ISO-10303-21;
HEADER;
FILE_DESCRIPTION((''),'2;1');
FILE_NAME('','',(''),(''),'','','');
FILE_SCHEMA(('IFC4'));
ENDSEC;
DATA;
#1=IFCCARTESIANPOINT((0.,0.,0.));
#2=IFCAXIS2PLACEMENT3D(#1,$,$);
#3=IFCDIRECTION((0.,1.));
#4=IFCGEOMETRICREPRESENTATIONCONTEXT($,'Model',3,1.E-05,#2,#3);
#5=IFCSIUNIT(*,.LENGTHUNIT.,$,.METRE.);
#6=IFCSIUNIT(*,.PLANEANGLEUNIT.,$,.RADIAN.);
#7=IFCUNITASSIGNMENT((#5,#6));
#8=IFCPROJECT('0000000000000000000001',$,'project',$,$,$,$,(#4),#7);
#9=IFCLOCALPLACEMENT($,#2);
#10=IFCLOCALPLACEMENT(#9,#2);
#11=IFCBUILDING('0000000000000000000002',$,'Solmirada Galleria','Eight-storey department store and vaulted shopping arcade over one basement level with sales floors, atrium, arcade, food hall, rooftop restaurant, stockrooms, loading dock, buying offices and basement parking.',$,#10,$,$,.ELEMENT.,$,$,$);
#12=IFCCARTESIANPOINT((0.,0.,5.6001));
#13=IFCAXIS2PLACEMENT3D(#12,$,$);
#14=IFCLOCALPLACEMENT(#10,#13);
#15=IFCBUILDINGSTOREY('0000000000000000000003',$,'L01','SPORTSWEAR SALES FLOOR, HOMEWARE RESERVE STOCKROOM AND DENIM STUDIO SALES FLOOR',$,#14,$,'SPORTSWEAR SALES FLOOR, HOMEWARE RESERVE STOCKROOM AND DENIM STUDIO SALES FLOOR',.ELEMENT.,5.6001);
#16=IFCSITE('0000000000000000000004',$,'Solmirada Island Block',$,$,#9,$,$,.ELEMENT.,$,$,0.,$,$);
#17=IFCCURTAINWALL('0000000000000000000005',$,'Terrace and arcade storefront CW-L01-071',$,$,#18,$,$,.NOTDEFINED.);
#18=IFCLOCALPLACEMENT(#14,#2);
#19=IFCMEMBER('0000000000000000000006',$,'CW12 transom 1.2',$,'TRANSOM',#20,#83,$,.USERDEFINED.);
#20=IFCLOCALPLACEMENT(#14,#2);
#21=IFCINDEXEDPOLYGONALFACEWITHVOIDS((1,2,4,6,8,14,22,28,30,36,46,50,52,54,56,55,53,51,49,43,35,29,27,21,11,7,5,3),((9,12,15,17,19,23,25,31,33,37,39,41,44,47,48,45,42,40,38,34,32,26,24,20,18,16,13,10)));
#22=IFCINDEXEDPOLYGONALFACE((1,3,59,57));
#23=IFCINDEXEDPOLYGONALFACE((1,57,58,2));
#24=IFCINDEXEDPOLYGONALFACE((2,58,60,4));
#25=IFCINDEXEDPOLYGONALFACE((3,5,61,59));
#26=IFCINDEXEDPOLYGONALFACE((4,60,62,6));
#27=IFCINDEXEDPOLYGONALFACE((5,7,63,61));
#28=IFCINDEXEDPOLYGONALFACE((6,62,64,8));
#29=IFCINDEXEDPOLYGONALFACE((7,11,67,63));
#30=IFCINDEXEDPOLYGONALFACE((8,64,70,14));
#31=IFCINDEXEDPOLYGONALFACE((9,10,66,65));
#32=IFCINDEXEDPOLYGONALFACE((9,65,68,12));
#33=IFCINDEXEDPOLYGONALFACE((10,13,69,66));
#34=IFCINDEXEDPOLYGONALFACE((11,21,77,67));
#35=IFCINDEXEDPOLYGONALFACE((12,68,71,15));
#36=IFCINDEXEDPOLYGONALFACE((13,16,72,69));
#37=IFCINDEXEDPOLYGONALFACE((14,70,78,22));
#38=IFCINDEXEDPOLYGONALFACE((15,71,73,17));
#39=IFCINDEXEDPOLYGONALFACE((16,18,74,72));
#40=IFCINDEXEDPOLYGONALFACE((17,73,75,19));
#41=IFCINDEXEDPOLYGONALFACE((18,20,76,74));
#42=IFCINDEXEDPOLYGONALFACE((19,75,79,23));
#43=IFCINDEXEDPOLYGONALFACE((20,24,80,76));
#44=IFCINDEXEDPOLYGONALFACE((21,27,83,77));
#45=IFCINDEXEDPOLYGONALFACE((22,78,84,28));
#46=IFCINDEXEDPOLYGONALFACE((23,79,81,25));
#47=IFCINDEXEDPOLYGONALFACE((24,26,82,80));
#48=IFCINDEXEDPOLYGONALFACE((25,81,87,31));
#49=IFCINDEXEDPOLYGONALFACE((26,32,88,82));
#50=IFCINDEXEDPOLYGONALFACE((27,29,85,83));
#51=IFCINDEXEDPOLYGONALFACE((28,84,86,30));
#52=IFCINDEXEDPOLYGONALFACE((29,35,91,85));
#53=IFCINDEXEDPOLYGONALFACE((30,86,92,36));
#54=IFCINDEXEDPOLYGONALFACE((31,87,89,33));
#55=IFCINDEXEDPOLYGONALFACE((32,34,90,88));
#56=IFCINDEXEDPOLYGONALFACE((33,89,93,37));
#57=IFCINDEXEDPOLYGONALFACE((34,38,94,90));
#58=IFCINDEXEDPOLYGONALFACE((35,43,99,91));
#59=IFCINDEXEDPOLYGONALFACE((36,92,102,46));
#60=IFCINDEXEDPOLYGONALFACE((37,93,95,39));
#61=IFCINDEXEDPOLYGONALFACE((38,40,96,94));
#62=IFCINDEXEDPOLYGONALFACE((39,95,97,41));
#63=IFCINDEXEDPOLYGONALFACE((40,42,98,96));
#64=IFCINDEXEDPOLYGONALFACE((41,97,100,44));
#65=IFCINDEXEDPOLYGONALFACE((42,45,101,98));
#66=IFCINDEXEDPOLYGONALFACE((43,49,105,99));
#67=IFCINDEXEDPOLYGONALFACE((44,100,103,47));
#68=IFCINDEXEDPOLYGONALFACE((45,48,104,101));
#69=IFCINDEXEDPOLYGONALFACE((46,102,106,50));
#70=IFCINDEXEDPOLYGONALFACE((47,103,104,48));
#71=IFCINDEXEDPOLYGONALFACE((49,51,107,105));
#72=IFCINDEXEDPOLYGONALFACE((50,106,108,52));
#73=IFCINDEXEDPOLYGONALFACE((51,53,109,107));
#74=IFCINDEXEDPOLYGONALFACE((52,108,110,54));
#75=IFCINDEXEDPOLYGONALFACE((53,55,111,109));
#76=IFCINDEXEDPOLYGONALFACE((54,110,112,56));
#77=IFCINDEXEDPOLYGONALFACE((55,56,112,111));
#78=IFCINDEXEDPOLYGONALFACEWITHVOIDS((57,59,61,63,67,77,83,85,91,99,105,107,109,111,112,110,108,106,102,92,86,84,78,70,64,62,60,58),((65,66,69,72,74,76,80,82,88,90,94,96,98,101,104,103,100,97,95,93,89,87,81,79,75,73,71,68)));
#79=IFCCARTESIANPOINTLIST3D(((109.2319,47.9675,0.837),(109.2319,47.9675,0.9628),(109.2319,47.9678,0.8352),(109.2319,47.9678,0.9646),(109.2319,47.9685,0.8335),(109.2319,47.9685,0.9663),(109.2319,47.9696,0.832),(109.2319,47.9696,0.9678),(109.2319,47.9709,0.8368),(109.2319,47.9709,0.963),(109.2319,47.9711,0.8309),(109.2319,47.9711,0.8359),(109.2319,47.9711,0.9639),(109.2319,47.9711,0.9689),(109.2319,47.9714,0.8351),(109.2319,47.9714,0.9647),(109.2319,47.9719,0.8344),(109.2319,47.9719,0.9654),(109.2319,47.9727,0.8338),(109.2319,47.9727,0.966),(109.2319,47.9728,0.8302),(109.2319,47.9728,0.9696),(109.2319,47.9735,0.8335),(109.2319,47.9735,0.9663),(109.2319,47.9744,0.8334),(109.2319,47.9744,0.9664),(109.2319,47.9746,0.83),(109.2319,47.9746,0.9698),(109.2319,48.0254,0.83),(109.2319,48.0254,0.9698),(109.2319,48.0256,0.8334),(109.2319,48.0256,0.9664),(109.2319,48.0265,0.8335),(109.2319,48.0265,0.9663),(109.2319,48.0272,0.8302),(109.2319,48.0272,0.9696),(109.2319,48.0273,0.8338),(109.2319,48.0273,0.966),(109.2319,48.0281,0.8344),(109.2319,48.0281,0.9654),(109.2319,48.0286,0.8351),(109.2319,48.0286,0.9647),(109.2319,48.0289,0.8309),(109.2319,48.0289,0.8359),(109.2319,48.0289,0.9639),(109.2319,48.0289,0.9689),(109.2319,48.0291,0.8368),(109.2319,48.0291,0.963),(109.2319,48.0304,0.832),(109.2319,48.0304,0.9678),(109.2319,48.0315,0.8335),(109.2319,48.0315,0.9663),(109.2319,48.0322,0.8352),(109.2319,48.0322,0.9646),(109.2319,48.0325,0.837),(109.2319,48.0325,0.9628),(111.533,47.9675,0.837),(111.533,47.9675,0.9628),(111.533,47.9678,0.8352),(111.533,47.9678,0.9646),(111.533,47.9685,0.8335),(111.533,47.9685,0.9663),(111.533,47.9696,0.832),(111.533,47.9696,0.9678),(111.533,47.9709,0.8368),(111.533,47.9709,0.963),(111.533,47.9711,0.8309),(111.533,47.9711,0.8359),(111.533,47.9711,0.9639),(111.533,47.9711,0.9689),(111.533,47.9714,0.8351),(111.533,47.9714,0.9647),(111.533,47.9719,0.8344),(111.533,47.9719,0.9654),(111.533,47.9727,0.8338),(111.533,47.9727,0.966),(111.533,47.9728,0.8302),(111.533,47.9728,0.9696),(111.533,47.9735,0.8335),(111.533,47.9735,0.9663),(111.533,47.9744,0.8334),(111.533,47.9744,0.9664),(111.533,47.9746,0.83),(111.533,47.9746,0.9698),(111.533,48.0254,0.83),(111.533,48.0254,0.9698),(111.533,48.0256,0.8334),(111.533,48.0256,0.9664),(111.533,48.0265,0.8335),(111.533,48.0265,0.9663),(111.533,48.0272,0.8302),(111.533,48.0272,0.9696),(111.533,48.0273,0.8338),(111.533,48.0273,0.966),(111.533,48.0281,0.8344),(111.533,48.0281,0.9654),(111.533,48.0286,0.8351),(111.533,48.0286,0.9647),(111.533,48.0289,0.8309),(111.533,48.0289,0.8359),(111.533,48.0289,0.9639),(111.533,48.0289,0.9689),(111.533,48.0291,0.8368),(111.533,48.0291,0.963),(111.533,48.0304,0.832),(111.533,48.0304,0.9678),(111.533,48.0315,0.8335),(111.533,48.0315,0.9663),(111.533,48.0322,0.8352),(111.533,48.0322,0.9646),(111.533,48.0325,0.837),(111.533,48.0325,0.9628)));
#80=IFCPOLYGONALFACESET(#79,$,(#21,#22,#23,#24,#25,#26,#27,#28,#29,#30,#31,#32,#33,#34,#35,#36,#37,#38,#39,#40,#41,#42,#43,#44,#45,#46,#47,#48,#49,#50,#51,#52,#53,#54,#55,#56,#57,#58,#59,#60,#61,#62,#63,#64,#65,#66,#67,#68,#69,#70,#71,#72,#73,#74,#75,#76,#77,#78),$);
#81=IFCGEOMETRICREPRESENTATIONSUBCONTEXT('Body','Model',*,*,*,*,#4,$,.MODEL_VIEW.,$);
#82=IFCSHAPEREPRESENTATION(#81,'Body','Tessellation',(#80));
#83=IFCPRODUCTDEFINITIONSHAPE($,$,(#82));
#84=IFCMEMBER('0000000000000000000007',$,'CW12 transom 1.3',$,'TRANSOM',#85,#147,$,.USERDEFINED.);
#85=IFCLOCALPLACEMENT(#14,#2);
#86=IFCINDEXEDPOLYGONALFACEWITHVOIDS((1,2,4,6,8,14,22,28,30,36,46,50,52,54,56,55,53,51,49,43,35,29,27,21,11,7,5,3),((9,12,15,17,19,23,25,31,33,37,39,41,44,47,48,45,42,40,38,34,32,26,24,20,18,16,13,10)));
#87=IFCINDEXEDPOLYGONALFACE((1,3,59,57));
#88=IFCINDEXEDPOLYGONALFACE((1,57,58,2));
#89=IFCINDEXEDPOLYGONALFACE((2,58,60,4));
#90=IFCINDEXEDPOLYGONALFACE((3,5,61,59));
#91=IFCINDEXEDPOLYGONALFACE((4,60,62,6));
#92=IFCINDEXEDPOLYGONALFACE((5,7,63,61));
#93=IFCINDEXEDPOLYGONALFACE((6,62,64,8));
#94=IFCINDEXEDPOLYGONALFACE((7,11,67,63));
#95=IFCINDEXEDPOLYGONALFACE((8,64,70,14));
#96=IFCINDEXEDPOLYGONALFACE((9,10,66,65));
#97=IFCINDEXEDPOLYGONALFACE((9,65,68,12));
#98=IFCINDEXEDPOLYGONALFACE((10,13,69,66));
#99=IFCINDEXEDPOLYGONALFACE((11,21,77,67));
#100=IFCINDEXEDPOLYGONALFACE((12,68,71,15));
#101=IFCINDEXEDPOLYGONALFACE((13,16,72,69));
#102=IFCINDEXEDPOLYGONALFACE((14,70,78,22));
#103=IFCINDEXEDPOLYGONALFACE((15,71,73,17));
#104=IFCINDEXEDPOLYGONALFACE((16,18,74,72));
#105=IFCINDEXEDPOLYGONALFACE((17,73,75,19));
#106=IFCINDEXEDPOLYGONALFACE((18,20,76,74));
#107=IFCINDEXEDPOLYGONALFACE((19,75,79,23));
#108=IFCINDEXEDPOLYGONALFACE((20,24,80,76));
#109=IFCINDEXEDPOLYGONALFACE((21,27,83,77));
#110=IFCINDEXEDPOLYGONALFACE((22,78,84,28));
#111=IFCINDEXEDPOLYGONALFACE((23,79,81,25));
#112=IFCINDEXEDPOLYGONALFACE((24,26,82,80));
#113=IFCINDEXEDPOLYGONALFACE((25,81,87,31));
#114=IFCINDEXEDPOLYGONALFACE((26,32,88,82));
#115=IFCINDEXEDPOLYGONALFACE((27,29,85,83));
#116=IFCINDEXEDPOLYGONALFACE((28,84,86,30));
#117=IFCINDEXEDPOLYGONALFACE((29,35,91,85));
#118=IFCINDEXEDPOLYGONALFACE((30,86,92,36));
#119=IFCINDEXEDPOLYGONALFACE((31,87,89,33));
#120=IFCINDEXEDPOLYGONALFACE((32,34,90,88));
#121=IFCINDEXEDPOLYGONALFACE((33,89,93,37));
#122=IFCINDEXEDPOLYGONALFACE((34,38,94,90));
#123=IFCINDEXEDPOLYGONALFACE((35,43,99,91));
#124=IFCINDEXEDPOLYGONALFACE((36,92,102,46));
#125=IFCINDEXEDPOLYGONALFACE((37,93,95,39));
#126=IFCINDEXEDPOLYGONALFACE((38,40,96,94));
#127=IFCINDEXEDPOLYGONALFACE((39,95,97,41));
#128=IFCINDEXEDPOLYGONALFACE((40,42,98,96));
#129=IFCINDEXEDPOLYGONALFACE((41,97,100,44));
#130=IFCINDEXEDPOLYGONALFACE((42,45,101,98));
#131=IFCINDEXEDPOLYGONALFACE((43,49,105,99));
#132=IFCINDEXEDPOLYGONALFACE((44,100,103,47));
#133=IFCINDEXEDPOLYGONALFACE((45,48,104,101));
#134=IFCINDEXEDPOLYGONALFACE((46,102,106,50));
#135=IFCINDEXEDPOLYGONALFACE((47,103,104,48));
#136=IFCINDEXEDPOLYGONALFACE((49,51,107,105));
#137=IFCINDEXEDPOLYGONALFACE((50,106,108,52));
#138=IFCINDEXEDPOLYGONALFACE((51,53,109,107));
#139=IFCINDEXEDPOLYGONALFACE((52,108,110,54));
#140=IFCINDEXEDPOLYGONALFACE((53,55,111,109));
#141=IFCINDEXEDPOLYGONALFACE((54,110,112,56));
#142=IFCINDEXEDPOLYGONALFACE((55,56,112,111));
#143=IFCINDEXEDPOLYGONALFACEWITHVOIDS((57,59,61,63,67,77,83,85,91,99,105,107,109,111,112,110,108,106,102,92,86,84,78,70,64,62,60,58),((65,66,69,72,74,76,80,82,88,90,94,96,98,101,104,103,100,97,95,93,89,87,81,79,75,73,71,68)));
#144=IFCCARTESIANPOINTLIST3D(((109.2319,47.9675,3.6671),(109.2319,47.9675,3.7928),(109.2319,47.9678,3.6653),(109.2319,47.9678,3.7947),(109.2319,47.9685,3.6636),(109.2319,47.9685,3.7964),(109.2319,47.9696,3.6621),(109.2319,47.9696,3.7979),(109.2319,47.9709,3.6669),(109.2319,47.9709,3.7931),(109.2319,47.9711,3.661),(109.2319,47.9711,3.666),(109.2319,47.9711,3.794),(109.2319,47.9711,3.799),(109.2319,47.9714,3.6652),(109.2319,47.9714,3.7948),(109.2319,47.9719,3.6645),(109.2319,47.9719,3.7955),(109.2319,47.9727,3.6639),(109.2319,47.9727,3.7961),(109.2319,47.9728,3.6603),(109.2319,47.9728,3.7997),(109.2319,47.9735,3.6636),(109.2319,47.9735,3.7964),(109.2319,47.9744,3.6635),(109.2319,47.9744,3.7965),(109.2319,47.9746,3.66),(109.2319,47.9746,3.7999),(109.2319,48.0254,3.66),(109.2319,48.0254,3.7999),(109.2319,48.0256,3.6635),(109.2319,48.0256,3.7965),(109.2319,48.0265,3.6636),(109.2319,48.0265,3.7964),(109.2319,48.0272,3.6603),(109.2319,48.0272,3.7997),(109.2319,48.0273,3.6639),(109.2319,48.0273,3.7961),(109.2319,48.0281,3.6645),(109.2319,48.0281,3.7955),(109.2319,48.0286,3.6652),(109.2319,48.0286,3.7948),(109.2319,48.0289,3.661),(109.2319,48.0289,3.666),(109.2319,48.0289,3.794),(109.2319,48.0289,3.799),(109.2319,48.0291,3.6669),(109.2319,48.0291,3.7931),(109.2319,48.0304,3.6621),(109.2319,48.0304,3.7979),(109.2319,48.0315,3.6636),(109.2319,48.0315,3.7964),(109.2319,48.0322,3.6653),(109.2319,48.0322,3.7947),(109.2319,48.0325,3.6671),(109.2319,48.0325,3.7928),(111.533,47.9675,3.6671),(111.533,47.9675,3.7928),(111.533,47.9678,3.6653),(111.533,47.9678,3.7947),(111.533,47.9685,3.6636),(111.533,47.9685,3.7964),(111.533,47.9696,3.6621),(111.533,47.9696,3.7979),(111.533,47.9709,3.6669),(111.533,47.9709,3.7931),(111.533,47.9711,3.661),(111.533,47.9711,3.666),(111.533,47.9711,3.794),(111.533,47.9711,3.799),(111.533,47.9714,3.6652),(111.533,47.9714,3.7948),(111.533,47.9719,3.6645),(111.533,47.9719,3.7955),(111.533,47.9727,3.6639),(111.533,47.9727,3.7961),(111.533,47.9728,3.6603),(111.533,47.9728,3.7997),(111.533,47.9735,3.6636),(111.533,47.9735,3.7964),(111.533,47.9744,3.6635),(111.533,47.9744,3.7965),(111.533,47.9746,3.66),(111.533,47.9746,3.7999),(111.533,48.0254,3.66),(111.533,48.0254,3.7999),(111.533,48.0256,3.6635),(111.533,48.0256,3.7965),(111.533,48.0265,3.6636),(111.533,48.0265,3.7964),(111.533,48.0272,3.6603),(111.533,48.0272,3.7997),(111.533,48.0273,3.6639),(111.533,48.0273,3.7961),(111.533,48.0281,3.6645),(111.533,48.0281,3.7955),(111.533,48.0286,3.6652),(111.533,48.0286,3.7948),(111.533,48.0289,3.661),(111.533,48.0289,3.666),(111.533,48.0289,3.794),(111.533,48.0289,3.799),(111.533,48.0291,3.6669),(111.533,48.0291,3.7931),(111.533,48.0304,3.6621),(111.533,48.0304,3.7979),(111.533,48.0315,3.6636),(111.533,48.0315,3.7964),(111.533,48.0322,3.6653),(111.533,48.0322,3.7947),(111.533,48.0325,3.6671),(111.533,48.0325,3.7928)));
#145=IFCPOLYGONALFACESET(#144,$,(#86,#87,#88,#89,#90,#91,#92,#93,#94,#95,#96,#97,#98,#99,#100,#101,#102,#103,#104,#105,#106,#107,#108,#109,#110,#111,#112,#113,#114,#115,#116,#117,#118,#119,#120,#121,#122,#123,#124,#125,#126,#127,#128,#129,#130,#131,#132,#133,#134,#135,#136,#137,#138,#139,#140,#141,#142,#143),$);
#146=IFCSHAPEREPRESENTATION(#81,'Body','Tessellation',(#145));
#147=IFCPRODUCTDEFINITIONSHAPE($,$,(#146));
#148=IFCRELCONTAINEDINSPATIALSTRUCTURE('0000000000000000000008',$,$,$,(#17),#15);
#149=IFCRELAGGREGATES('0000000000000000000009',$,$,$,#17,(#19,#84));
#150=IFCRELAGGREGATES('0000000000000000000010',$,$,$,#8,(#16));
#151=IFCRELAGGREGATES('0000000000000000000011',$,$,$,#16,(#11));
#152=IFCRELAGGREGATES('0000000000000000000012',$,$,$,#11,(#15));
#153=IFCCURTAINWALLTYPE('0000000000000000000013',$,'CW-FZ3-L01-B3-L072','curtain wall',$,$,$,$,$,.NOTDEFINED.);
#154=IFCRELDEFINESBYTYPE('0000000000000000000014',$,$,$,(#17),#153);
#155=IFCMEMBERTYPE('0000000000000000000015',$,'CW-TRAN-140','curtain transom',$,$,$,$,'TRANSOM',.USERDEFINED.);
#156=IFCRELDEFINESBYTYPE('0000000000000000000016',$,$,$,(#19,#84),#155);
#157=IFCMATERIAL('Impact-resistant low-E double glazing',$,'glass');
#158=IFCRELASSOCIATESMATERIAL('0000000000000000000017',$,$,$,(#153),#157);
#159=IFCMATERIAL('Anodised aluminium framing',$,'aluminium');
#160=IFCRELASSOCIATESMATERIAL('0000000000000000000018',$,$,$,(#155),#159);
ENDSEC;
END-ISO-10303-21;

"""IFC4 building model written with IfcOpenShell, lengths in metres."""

from ifc_helpers import new_model, si_unit, direction, frame, origin, origin_2d, place, context, subcontext, project, spatial, hollow_rectangle, extrude, material, material_profile, profile_set, type_object, element, aggregate, save


model = new_model("IFC4")

# Units and contexts
model_context = context("Model", 3, precision=1e-05, world=origin(), true_north=direction((0.0, 1.0)))
body_context = subcontext(model_context, "Body", "Model", "MODEL_VIEW")
ifc_project = project(units=[si_unit("LENGTHUNIT", "METRE"), si_unit("PLANEANGLEUNIT", "RADIAN")], contexts=[model_context])

# Site, building, storey
site_placement = place(None, origin())
site = spatial("IfcSite", under=ifc_project, at=site_placement, Name="Solmirada Island Block", CompositionType="ELEMENT", RefElevation=0.0)
building_placement = place(site_placement, origin())
building = spatial("IfcBuilding", under=site, at=building_placement, Name="Solmirada Galleria", Description="Eight-storey department store and vaulted shopping arcade over one basement level with sales floors, atrium, arcade, food hall, rooftop restaurant, stockrooms, loading dock, buying offices and basement parking.", CompositionType="ELEMENT")
storey_placement = place(building_placement, frame((0.0, 0.0, 5.6001)))
storey = spatial("IfcBuildingStorey", under=building, at=storey_placement, Name="L01", Description="SPORTSWEAR SALES FLOOR, HOMEWARE RESERVE STOCKROOM AND DENIM STUDIO SALES FLOOR", LongName="SPORTSWEAR SALES FLOOR, HOMEWARE RESERVE STOCKROOM AND DENIM STUDIO SALES FLOOR", CompositionType="ELEMENT", Elevation=5.6001)

# Curtain wall
ifc_material_1 = material(Name="Impact-resistant low-E double glazing", Category="glass")
curtain_wall_type = type_object("IfcCurtainWallType", Name="CW-FZ3-L01-B3-L072", Description="curtain wall", PredefinedType="NOTDEFINED", material=ifc_material_1)
ifc_material_2 = material(Name="Anodised aluminium framing", Category="aluminium")
curtain_wall_1_placement = place(storey_placement, origin())
curtain_wall_1 = element("IfcCurtainWall", 1, at=curtain_wall_1_placement, inside=storey, type_object=curtain_wall_type, Name="Terrace and arcade storefront CW-L01-071", PredefinedType="NOTDEFINED")

# Members
ifc_material_profile_1 = material_profile(ifc_material_2, hollow_rectangle(XDim=0.0649, YDim=0.1399, WallThickness=0.0034, InnerFilletRadius=0.0034, OuterFilletRadius=0.0071, at=origin_2d()), Name="ALU-TRAN-140X65")
ifc_profile_set_1 = profile_set([ifc_material_profile_1], Name="Anodised aluminium framing")
member_type_1 = type_object("IfcMemberType", Name="CW-TRAN-140", Description="curtain transom", ElementType="TRANSOM", PredefinedType="USERDEFINED", material=ifc_profile_set_1)
member_1_placement = place(storey_placement, frame((111.533, 48.0, 0.8999), z_axis=(-1.0, 0.0, 0.0), x_axis=(0.0, -1.0, 0.0)))
member_1 = element("IfcMember", 2, at=member_1_placement, type_object=member_type_1, Name="CW12 transom 1.2", ObjectType="TRANSOM", PredefinedType="USERDEFINED", context=body_context, shape_type="SweptSolid", body=[
    extrude(hollow_rectangle(XDim=0.0649, YDim=0.1399, WallThickness=0.0034, InnerFilletRadius=0.0034, OuterFilletRadius=0.0071, at=origin_2d()), origin(), (0.0, 0.0, 1.0), 2.301),
])
member_2_placement = place(storey_placement, frame((111.533, 48.0, 3.73), z_axis=(-1.0, 0.0, 0.0), x_axis=(0.0, -1.0, 0.0)))
member_2 = element("IfcMember", 3, at=member_2_placement, type_object=member_type_1, Name="CW12 transom 1.3", ObjectType="TRANSOM", PredefinedType="USERDEFINED", context=body_context, shape_type="SweptSolid", body=[
    extrude(hollow_rectangle(XDim=0.0649, YDim=0.1399, WallThickness=0.0034, InnerFilletRadius=0.0034, OuterFilletRadius=0.0071, at=origin_2d()), origin(), (0.0, 0.0, 1.0), 2.301),
])

aggregate(curtain_wall_1, [member_1, member_2])

save(model, "model.ifc")
